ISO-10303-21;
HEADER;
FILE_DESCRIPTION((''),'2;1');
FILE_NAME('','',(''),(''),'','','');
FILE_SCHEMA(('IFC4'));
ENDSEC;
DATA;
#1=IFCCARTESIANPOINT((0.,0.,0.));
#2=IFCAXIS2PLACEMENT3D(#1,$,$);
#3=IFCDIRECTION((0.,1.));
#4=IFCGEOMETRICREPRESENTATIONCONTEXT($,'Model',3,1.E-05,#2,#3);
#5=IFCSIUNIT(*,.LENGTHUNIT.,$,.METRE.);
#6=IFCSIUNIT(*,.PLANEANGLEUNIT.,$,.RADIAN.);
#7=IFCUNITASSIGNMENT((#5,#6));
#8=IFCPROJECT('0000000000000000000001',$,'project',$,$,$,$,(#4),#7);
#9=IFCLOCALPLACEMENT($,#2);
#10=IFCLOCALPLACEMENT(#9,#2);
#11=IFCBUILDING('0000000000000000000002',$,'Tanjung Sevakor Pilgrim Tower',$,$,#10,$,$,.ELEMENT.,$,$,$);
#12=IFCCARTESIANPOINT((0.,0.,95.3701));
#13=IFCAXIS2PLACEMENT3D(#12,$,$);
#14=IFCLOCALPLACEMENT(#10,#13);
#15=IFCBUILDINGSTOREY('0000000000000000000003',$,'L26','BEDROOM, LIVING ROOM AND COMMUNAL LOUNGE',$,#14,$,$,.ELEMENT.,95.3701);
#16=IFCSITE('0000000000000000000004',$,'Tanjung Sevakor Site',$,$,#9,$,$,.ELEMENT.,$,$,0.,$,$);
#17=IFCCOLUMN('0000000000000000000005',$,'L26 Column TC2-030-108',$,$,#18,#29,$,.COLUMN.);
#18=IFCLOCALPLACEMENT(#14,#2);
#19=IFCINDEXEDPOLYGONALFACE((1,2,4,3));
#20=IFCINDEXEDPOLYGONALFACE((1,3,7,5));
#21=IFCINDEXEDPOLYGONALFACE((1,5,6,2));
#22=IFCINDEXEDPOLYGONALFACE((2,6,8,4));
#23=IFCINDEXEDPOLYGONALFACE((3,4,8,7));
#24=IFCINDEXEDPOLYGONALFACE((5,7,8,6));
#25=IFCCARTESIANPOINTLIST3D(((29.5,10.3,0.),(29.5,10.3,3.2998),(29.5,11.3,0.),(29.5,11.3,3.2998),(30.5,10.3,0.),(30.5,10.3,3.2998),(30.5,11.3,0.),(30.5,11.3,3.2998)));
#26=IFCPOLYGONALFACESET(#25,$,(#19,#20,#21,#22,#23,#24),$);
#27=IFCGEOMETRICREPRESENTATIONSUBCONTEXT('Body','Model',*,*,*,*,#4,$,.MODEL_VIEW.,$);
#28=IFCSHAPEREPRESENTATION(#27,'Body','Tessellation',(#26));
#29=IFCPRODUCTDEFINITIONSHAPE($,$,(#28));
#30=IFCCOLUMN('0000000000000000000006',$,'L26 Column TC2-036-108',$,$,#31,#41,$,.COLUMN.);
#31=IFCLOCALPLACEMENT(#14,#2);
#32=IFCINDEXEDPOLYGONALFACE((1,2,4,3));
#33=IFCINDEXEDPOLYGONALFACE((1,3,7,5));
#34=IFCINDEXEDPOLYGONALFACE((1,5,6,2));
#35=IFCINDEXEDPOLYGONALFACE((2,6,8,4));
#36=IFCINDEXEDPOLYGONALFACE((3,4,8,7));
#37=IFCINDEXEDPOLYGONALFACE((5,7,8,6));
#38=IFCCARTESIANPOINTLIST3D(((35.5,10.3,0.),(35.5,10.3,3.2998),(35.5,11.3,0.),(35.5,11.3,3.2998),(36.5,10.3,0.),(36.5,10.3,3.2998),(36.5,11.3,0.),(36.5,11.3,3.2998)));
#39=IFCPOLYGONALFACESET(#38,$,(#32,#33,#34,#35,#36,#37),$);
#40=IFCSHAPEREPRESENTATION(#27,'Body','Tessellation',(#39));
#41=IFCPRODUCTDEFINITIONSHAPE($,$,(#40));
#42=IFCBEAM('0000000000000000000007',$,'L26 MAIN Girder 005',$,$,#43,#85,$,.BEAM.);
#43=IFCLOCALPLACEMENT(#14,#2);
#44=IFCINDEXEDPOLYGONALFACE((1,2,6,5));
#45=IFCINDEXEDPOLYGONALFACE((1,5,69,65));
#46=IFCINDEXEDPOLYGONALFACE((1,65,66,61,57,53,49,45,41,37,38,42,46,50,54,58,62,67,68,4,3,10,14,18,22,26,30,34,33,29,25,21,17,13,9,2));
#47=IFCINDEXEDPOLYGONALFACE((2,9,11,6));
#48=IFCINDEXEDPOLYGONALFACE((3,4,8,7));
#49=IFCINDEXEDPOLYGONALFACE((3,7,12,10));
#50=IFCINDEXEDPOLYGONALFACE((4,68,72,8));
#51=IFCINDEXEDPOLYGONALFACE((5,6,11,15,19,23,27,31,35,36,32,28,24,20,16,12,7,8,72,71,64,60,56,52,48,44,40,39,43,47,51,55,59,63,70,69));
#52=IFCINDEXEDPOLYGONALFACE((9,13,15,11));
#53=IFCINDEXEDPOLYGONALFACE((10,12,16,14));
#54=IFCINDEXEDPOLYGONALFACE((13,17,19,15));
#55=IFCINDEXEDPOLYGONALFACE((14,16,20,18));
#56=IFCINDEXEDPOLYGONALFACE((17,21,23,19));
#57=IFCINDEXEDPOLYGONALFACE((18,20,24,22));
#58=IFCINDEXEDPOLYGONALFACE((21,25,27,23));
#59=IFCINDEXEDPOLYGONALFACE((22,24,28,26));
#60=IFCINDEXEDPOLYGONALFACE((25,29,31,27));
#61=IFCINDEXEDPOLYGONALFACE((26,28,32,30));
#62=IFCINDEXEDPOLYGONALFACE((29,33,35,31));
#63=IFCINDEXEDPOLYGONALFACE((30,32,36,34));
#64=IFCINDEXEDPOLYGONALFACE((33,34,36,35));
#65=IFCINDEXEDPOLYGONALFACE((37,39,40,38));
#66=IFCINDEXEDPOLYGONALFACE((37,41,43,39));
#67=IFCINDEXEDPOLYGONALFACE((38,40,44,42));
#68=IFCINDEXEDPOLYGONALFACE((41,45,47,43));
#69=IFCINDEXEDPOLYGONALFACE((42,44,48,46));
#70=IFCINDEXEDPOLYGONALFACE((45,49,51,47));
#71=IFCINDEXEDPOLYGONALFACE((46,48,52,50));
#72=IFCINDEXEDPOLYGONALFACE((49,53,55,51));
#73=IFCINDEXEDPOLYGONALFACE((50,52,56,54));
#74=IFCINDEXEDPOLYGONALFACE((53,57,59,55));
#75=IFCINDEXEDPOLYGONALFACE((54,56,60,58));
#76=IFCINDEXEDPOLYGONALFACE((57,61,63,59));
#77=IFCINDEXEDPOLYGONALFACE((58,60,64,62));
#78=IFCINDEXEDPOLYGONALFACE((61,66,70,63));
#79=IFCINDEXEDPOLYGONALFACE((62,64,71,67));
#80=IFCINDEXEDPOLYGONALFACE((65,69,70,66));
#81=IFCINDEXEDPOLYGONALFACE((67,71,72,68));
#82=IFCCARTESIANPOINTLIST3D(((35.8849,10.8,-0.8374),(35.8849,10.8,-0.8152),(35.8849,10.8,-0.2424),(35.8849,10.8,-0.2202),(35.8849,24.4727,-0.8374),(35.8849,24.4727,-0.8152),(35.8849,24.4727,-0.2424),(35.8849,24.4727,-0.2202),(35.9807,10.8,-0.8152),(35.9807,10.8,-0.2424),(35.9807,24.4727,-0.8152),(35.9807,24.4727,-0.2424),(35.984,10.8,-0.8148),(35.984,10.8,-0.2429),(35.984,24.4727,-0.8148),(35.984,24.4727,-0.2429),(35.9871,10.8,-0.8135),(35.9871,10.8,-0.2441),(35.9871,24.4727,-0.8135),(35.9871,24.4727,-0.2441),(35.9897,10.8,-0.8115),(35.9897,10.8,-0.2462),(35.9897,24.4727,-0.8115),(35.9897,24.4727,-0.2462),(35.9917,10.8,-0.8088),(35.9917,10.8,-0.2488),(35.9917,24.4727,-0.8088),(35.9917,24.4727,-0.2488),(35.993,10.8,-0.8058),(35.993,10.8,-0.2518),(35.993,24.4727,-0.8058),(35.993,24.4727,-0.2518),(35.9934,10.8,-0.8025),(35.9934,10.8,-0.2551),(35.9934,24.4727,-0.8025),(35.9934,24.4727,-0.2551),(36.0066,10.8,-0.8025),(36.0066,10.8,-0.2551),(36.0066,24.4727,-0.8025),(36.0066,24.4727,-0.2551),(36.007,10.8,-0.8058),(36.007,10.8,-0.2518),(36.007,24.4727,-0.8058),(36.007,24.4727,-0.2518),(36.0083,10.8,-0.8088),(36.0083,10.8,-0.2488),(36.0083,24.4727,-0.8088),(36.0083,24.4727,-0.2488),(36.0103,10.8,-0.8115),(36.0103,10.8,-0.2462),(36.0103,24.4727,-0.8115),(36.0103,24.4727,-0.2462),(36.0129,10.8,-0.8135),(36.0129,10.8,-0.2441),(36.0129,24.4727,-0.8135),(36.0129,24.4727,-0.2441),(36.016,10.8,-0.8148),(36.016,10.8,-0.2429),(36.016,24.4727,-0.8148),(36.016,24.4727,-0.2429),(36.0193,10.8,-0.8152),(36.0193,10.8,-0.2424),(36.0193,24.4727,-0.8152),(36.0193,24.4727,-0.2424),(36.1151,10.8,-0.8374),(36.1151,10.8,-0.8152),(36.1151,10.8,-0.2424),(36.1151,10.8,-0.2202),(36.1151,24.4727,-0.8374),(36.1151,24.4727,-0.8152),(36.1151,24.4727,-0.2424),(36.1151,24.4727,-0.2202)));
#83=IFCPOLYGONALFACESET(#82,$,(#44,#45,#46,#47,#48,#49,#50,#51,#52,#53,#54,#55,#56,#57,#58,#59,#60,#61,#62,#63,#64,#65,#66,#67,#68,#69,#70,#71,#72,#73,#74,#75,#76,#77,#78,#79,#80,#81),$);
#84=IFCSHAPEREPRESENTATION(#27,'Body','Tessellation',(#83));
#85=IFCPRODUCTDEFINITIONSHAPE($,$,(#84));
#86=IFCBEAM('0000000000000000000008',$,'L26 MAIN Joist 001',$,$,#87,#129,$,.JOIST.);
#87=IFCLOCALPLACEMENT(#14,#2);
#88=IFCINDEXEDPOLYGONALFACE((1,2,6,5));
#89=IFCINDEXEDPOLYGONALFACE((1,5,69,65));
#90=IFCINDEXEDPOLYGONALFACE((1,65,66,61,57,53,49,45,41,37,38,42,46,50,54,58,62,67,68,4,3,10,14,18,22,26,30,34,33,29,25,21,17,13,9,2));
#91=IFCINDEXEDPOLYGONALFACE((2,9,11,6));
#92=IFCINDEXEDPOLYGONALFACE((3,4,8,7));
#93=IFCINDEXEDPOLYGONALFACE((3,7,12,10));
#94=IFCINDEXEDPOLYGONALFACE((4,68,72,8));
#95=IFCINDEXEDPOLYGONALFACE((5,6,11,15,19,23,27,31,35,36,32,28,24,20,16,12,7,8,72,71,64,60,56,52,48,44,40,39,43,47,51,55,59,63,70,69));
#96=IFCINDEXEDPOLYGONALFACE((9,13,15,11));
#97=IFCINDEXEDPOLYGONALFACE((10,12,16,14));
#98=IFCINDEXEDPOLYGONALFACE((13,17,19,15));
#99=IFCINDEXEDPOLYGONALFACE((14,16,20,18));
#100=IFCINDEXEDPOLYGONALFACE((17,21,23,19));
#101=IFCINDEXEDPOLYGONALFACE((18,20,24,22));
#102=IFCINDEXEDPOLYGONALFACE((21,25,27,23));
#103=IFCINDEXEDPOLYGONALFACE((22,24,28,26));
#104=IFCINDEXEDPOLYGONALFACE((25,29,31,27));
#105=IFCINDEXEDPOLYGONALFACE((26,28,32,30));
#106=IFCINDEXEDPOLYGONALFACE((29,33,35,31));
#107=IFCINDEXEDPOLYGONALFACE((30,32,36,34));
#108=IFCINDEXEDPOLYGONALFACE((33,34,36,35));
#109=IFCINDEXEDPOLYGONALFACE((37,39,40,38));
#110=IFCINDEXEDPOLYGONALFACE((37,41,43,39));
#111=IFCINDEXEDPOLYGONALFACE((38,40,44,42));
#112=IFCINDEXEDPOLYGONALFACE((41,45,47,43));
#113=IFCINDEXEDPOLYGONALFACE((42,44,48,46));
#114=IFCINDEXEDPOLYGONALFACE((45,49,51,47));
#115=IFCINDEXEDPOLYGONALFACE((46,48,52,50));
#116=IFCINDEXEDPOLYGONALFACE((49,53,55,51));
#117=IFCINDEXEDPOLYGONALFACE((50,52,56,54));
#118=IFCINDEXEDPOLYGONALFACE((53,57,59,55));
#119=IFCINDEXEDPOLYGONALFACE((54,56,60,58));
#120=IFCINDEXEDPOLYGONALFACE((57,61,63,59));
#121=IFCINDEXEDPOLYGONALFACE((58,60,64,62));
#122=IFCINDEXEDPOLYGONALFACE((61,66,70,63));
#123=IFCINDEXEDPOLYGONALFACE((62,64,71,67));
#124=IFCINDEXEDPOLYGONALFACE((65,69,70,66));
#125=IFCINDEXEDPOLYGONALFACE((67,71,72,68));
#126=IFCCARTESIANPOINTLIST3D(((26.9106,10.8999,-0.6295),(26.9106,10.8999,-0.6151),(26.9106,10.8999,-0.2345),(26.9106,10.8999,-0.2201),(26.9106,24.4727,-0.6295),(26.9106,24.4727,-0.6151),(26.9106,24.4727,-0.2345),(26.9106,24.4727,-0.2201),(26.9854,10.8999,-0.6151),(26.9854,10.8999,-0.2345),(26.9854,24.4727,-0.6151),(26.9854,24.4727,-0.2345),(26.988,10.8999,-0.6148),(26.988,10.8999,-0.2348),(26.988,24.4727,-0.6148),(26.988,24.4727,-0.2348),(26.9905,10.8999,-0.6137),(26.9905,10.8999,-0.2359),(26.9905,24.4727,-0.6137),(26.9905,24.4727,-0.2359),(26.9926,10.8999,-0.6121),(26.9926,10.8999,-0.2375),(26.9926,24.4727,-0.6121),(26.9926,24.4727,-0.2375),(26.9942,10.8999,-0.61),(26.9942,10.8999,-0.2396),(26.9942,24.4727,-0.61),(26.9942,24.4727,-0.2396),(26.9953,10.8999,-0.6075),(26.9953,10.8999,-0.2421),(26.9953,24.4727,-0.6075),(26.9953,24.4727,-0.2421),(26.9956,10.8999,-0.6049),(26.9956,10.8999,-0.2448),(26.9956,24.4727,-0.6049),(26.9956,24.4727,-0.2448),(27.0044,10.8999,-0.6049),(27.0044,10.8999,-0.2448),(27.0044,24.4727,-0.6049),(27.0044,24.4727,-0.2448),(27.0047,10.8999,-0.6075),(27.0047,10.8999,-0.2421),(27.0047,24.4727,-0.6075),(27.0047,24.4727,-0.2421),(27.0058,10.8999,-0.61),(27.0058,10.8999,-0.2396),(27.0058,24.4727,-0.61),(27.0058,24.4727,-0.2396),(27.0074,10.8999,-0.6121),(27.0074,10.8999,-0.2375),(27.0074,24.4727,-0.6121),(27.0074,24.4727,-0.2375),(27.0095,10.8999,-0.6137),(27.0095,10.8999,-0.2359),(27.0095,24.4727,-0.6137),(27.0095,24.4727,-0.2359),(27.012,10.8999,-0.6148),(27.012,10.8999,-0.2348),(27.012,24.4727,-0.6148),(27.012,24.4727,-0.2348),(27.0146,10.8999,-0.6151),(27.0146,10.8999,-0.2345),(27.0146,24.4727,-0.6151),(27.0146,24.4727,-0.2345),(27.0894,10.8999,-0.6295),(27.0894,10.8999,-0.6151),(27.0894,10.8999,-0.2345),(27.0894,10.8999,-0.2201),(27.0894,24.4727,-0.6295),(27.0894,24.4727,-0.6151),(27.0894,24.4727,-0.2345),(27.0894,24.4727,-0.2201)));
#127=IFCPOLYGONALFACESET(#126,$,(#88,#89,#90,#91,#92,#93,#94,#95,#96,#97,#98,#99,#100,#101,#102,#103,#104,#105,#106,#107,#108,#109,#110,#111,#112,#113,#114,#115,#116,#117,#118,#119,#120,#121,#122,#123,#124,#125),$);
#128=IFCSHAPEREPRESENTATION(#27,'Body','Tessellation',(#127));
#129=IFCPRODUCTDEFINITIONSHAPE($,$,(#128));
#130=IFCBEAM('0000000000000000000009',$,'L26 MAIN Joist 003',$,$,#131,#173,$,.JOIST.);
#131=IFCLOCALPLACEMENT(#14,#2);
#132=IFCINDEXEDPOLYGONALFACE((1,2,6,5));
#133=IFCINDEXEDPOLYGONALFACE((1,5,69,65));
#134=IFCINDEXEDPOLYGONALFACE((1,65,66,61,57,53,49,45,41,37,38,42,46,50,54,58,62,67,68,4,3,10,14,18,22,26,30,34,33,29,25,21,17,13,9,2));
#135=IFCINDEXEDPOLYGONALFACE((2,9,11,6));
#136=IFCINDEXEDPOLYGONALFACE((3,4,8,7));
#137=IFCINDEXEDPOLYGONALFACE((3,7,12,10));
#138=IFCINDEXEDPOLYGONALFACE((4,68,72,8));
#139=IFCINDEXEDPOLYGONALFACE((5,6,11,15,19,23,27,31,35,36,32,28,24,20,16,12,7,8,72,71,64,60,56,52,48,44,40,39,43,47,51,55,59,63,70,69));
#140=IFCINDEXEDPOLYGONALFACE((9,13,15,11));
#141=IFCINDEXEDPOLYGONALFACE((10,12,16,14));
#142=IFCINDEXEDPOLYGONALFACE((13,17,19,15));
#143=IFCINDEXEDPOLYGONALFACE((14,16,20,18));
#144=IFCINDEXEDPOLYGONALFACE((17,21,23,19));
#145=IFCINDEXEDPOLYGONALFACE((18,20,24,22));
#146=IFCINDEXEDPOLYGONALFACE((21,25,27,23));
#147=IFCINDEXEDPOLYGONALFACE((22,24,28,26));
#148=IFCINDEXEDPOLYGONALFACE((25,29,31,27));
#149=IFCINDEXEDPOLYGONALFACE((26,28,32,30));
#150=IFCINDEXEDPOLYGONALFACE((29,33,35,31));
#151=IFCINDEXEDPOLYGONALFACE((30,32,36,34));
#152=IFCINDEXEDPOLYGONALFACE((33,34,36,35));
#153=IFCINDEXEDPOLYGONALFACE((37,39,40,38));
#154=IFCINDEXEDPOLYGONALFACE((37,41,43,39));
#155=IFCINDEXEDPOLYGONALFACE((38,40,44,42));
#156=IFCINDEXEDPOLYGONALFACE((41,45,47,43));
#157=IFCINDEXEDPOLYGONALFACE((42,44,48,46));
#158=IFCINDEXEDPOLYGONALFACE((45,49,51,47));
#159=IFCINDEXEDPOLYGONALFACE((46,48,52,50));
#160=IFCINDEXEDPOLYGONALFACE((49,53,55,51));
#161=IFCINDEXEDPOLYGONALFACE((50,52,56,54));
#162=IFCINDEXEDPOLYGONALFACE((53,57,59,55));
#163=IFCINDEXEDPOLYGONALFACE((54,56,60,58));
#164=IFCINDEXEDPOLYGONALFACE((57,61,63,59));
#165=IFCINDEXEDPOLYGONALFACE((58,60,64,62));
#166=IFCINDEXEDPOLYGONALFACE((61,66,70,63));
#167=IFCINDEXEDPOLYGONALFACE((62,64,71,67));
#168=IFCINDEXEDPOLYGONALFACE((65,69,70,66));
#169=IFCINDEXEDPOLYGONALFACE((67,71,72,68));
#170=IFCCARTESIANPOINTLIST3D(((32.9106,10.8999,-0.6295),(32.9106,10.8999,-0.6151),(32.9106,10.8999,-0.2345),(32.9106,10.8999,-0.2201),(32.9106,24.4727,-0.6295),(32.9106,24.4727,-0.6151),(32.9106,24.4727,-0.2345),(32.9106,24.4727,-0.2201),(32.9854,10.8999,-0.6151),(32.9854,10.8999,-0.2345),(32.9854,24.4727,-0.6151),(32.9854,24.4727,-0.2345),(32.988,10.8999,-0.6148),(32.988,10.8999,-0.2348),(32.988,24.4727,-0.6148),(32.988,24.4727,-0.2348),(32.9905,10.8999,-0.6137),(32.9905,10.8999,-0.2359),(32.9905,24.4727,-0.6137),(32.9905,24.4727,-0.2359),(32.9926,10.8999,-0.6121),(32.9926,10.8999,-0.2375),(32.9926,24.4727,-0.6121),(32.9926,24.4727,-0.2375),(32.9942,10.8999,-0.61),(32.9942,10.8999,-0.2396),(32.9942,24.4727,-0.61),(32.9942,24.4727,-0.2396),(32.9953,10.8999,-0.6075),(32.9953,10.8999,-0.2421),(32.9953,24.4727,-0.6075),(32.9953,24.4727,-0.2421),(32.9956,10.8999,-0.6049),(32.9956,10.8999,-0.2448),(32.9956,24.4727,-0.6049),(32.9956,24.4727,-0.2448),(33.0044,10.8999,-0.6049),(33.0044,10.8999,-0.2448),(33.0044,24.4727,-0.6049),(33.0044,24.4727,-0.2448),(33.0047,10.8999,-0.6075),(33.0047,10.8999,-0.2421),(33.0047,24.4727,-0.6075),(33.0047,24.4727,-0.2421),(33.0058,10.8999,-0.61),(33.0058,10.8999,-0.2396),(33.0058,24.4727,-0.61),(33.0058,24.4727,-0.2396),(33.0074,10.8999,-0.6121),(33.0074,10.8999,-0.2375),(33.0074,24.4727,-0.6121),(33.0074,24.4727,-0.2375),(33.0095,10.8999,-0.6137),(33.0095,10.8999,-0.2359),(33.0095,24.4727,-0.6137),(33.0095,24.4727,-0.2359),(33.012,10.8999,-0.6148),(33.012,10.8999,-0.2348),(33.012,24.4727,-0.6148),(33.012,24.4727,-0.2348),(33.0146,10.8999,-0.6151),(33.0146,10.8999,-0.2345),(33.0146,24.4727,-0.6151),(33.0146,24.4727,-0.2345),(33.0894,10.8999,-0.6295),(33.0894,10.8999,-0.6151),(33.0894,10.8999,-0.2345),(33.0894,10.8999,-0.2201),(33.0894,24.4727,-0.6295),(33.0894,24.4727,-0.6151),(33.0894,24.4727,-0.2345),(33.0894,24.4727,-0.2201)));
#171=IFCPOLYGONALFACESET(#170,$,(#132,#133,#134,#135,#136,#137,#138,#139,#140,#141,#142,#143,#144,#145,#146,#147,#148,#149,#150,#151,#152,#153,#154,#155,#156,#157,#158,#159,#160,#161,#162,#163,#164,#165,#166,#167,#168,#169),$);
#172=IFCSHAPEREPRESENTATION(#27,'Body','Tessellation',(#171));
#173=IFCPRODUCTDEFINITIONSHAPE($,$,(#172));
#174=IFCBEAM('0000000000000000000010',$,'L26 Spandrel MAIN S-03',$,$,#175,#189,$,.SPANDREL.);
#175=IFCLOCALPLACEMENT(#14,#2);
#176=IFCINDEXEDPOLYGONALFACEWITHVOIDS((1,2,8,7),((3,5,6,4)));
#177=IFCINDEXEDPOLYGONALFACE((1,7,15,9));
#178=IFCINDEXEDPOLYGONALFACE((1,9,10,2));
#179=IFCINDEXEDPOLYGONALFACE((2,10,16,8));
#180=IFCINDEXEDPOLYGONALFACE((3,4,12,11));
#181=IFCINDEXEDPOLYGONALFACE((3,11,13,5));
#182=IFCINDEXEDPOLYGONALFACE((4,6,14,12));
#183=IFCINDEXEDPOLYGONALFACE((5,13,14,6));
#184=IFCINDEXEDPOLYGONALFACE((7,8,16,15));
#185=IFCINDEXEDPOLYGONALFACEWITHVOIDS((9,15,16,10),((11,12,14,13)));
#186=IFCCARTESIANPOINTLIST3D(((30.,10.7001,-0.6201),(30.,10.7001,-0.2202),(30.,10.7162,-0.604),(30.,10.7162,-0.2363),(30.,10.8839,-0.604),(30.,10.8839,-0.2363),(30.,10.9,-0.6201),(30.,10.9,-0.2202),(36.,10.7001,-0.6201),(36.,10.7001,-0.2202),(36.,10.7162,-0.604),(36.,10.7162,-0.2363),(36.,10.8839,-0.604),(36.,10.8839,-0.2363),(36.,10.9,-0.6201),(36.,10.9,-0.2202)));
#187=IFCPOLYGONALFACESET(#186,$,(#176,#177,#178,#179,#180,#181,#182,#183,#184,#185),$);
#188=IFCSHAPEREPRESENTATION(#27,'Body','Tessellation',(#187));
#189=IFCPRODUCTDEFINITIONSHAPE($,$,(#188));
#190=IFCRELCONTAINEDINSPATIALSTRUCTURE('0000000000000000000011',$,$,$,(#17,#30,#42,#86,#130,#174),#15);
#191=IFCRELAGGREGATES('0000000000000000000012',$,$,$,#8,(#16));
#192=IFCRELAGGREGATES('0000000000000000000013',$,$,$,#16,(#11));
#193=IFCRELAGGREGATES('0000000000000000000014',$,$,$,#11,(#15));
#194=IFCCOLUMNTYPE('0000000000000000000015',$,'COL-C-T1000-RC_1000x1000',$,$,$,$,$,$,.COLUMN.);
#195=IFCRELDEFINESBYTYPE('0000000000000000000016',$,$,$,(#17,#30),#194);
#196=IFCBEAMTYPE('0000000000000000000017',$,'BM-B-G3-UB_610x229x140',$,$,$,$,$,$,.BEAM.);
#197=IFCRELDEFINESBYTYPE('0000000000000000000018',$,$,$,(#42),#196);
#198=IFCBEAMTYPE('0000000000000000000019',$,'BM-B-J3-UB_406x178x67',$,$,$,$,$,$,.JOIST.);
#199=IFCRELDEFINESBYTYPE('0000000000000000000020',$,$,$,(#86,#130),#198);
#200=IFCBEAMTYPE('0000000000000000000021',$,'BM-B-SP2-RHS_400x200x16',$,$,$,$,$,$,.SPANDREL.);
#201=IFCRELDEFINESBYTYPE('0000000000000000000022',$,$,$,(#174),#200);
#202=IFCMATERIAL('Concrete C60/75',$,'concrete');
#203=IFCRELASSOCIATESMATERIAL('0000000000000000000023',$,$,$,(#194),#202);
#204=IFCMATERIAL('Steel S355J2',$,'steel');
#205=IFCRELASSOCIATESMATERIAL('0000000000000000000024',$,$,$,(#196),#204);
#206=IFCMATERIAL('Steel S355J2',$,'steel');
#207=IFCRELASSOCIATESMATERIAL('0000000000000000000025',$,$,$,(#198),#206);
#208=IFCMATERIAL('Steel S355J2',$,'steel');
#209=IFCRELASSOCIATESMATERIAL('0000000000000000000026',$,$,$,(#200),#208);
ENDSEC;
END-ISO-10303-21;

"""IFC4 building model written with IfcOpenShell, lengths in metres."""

from ifc_helpers import new_model, si_unit, direction, frame, origin, origin_2d, place, context, subcontext, project, spatial, rectangle, hollow_rectangle, i_section, extrude, material, material_profile, profile_set, type_object, element, save


model = new_model("IFC4")

# Units and contexts
model_context = context("Model", 3, precision=1e-05, world=origin(), true_north=direction((0.0, 1.0)))
body_context = subcontext(model_context, "Body", "Model", "MODEL_VIEW")
ifc_project = project(units=[si_unit("LENGTHUNIT", "METRE"), si_unit("PLANEANGLEUNIT", "RADIAN")], contexts=[model_context])

# Site, building, storey
site_placement = place(None, origin())
site = spatial("IfcSite", under=ifc_project, at=site_placement, Name="Tanjung Sevakor Site", CompositionType="ELEMENT", RefElevation=0.0)
building_placement = place(site_placement, origin())
building = spatial("IfcBuilding", under=site, at=building_placement, Name="Tanjung Sevakor Pilgrim Tower", CompositionType="ELEMENT")
storey_placement = place(building_placement, frame((0.0, 0.0, 95.3701)))
storey = spatial("IfcBuildingStorey", under=building, at=storey_placement, Name="L26", Description="BEDROOM, LIVING ROOM AND COMMUNAL LOUNGE", CompositionType="ELEMENT", Elevation=95.3701)

# Columns
ifc_material_1 = material(Name="Concrete C60/75", Category="concrete")
ifc_material_profile_1 = material_profile(ifc_material_1, rectangle(XDim=1.0, YDim=1.0, at=origin_2d()))
ifc_profile_set_1 = profile_set([ifc_material_profile_1], Name="Concrete C60/75")
column_type = type_object("IfcColumnType", Name="COL-C-T1000-RC_1000x1000", PredefinedType="COLUMN", material=ifc_profile_set_1)
for number, where, z_axis, x_axis, name in (
    (1, (30.0, 10.8, 0.0), (0.0, 0.0, 1.0), (1.0, 0.0, 0.0), "L26 Column TC2-030-108"),
    (2, (36.0, 10.8, 0.0), (0.0, 0.0, 1.0), (1.0, 0.0, 0.0), "L26 Column TC2-036-108"),
):
    element("IfcColumn", number, at=place(storey_placement, frame(where, z_axis=z_axis, x_axis=x_axis)), inside=storey, type_object=column_type, Name=name, PredefinedType="COLUMN", context=body_context, shape_type="SweptSolid", body=[
        extrude(rectangle(XDim=1.0, YDim=1.0, at=origin_2d()), origin(), (0.0, 0.0, 1.0), 3.2998),
    ])

# Beams
ifc_material_2 = material(Name="Steel S355J2", Category="steel")
ifc_material_profile_2 = material_profile(ifc_material_2, i_section(OverallWidth=0.2302, OverallDepth=0.6172, WebThickness=0.0132, FlangeThickness=0.0222, FilletRadius=0.0127, at=origin_2d()))
ifc_profile_set_2 = profile_set([ifc_material_profile_2], Name="Steel S355J2")
beam_type_1 = type_object("IfcBeamType", Name="BM-B-G3-UB_610x229x140", PredefinedType="BEAM", material=ifc_profile_set_2)
beam_placement = place(storey_placement, frame((36.0, 10.8, -0.5288), z_axis=(0.0, 1.0, 0.0), x_axis=(-1.0, 0.0, 0.0)))
element("IfcBeam", 3, at=beam_placement, inside=storey, type_object=beam_type_1, Name="L26 MAIN Girder 005", PredefinedType="BEAM", context=body_context, shape_type="SweptSolid", body=[
    extrude(i_section(OverallWidth=0.2302, OverallDepth=0.6172, WebThickness=0.0132, FlangeThickness=0.0222, FilletRadius=0.0127, at=origin_2d()), origin(), (0.0, 0.0, 1.0), 13.6726),
])
ifc_material_3 = material(Name="Steel S355J2", Category="steel")
ifc_material_profile_3 = material_profile(ifc_material_3, i_section(OverallWidth=0.1787, OverallDepth=0.4094, WebThickness=0.0088, FlangeThickness=0.0144, FilletRadius=0.0103, at=origin_2d()))
ifc_profile_set_3 = profile_set([ifc_material_profile_3], Name="Steel S355J2")
beam_type_2 = type_object("IfcBeamType", Name="BM-B-J3-UB_406x178x67", PredefinedType="JOIST", material=ifc_profile_set_3)
for number, where, z_axis, x_axis, name in (
    (4, (27.0, 10.8999, -0.4248), (0.0, 1.0, 0.0), (-1.0, 0.0, 0.0), "L26 MAIN Joist 001"),
    (5, (33.0, 10.8999, -0.4248), (0.0, 1.0, 0.0), (-1.0, 0.0, 0.0), "L26 MAIN Joist 003"),
):
    element("IfcBeam", number, at=place(storey_placement, frame(where, z_axis=z_axis, x_axis=x_axis)), inside=storey, type_object=beam_type_2, Name=name, PredefinedType="JOIST", context=body_context, shape_type="SweptSolid", body=[
        extrude(i_section(OverallWidth=0.1787, OverallDepth=0.4094, WebThickness=0.0088, FlangeThickness=0.0144, FilletRadius=0.0103, at=origin_2d()), origin(), (0.0, 0.0, 1.0), 13.5728),
    ])
ifc_material_4 = material(Name="Steel S355J2", Category="steel")
ifc_material_profile_4 = material_profile(ifc_material_4, hollow_rectangle(XDim=0.2, YDim=0.3999, WallThickness=0.0161, at=origin_2d()))
ifc_profile_set_4 = profile_set([ifc_material_profile_4], Name="Steel S355J2")
beam_type_3 = type_object("IfcBeamType", Name="BM-B-SP2-RHS_400x200x16", PredefinedType="SPANDREL", material=ifc_profile_set_4)
for number, where, z_axis, x_axis, name in (
    (6, (30.0, 10.8, -0.4202), (1.0, 0.0, 0.0), (0.0, 1.0, 0.0), "L26 Spandrel MAIN S-03"),
):
    element("IfcBeam", number, at=place(storey_placement, frame(where, z_axis=z_axis, x_axis=x_axis)), inside=storey, type_object=beam_type_3, Name=name, PredefinedType="SPANDREL", context=body_context, shape_type="SweptSolid", body=[
        extrude(hollow_rectangle(XDim=0.2, YDim=0.3999, WallThickness=0.0161, at=origin_2d()), origin(), (0.0, 0.0, 1.0), 6.0),
    ])

save(model, "model.ifc")
